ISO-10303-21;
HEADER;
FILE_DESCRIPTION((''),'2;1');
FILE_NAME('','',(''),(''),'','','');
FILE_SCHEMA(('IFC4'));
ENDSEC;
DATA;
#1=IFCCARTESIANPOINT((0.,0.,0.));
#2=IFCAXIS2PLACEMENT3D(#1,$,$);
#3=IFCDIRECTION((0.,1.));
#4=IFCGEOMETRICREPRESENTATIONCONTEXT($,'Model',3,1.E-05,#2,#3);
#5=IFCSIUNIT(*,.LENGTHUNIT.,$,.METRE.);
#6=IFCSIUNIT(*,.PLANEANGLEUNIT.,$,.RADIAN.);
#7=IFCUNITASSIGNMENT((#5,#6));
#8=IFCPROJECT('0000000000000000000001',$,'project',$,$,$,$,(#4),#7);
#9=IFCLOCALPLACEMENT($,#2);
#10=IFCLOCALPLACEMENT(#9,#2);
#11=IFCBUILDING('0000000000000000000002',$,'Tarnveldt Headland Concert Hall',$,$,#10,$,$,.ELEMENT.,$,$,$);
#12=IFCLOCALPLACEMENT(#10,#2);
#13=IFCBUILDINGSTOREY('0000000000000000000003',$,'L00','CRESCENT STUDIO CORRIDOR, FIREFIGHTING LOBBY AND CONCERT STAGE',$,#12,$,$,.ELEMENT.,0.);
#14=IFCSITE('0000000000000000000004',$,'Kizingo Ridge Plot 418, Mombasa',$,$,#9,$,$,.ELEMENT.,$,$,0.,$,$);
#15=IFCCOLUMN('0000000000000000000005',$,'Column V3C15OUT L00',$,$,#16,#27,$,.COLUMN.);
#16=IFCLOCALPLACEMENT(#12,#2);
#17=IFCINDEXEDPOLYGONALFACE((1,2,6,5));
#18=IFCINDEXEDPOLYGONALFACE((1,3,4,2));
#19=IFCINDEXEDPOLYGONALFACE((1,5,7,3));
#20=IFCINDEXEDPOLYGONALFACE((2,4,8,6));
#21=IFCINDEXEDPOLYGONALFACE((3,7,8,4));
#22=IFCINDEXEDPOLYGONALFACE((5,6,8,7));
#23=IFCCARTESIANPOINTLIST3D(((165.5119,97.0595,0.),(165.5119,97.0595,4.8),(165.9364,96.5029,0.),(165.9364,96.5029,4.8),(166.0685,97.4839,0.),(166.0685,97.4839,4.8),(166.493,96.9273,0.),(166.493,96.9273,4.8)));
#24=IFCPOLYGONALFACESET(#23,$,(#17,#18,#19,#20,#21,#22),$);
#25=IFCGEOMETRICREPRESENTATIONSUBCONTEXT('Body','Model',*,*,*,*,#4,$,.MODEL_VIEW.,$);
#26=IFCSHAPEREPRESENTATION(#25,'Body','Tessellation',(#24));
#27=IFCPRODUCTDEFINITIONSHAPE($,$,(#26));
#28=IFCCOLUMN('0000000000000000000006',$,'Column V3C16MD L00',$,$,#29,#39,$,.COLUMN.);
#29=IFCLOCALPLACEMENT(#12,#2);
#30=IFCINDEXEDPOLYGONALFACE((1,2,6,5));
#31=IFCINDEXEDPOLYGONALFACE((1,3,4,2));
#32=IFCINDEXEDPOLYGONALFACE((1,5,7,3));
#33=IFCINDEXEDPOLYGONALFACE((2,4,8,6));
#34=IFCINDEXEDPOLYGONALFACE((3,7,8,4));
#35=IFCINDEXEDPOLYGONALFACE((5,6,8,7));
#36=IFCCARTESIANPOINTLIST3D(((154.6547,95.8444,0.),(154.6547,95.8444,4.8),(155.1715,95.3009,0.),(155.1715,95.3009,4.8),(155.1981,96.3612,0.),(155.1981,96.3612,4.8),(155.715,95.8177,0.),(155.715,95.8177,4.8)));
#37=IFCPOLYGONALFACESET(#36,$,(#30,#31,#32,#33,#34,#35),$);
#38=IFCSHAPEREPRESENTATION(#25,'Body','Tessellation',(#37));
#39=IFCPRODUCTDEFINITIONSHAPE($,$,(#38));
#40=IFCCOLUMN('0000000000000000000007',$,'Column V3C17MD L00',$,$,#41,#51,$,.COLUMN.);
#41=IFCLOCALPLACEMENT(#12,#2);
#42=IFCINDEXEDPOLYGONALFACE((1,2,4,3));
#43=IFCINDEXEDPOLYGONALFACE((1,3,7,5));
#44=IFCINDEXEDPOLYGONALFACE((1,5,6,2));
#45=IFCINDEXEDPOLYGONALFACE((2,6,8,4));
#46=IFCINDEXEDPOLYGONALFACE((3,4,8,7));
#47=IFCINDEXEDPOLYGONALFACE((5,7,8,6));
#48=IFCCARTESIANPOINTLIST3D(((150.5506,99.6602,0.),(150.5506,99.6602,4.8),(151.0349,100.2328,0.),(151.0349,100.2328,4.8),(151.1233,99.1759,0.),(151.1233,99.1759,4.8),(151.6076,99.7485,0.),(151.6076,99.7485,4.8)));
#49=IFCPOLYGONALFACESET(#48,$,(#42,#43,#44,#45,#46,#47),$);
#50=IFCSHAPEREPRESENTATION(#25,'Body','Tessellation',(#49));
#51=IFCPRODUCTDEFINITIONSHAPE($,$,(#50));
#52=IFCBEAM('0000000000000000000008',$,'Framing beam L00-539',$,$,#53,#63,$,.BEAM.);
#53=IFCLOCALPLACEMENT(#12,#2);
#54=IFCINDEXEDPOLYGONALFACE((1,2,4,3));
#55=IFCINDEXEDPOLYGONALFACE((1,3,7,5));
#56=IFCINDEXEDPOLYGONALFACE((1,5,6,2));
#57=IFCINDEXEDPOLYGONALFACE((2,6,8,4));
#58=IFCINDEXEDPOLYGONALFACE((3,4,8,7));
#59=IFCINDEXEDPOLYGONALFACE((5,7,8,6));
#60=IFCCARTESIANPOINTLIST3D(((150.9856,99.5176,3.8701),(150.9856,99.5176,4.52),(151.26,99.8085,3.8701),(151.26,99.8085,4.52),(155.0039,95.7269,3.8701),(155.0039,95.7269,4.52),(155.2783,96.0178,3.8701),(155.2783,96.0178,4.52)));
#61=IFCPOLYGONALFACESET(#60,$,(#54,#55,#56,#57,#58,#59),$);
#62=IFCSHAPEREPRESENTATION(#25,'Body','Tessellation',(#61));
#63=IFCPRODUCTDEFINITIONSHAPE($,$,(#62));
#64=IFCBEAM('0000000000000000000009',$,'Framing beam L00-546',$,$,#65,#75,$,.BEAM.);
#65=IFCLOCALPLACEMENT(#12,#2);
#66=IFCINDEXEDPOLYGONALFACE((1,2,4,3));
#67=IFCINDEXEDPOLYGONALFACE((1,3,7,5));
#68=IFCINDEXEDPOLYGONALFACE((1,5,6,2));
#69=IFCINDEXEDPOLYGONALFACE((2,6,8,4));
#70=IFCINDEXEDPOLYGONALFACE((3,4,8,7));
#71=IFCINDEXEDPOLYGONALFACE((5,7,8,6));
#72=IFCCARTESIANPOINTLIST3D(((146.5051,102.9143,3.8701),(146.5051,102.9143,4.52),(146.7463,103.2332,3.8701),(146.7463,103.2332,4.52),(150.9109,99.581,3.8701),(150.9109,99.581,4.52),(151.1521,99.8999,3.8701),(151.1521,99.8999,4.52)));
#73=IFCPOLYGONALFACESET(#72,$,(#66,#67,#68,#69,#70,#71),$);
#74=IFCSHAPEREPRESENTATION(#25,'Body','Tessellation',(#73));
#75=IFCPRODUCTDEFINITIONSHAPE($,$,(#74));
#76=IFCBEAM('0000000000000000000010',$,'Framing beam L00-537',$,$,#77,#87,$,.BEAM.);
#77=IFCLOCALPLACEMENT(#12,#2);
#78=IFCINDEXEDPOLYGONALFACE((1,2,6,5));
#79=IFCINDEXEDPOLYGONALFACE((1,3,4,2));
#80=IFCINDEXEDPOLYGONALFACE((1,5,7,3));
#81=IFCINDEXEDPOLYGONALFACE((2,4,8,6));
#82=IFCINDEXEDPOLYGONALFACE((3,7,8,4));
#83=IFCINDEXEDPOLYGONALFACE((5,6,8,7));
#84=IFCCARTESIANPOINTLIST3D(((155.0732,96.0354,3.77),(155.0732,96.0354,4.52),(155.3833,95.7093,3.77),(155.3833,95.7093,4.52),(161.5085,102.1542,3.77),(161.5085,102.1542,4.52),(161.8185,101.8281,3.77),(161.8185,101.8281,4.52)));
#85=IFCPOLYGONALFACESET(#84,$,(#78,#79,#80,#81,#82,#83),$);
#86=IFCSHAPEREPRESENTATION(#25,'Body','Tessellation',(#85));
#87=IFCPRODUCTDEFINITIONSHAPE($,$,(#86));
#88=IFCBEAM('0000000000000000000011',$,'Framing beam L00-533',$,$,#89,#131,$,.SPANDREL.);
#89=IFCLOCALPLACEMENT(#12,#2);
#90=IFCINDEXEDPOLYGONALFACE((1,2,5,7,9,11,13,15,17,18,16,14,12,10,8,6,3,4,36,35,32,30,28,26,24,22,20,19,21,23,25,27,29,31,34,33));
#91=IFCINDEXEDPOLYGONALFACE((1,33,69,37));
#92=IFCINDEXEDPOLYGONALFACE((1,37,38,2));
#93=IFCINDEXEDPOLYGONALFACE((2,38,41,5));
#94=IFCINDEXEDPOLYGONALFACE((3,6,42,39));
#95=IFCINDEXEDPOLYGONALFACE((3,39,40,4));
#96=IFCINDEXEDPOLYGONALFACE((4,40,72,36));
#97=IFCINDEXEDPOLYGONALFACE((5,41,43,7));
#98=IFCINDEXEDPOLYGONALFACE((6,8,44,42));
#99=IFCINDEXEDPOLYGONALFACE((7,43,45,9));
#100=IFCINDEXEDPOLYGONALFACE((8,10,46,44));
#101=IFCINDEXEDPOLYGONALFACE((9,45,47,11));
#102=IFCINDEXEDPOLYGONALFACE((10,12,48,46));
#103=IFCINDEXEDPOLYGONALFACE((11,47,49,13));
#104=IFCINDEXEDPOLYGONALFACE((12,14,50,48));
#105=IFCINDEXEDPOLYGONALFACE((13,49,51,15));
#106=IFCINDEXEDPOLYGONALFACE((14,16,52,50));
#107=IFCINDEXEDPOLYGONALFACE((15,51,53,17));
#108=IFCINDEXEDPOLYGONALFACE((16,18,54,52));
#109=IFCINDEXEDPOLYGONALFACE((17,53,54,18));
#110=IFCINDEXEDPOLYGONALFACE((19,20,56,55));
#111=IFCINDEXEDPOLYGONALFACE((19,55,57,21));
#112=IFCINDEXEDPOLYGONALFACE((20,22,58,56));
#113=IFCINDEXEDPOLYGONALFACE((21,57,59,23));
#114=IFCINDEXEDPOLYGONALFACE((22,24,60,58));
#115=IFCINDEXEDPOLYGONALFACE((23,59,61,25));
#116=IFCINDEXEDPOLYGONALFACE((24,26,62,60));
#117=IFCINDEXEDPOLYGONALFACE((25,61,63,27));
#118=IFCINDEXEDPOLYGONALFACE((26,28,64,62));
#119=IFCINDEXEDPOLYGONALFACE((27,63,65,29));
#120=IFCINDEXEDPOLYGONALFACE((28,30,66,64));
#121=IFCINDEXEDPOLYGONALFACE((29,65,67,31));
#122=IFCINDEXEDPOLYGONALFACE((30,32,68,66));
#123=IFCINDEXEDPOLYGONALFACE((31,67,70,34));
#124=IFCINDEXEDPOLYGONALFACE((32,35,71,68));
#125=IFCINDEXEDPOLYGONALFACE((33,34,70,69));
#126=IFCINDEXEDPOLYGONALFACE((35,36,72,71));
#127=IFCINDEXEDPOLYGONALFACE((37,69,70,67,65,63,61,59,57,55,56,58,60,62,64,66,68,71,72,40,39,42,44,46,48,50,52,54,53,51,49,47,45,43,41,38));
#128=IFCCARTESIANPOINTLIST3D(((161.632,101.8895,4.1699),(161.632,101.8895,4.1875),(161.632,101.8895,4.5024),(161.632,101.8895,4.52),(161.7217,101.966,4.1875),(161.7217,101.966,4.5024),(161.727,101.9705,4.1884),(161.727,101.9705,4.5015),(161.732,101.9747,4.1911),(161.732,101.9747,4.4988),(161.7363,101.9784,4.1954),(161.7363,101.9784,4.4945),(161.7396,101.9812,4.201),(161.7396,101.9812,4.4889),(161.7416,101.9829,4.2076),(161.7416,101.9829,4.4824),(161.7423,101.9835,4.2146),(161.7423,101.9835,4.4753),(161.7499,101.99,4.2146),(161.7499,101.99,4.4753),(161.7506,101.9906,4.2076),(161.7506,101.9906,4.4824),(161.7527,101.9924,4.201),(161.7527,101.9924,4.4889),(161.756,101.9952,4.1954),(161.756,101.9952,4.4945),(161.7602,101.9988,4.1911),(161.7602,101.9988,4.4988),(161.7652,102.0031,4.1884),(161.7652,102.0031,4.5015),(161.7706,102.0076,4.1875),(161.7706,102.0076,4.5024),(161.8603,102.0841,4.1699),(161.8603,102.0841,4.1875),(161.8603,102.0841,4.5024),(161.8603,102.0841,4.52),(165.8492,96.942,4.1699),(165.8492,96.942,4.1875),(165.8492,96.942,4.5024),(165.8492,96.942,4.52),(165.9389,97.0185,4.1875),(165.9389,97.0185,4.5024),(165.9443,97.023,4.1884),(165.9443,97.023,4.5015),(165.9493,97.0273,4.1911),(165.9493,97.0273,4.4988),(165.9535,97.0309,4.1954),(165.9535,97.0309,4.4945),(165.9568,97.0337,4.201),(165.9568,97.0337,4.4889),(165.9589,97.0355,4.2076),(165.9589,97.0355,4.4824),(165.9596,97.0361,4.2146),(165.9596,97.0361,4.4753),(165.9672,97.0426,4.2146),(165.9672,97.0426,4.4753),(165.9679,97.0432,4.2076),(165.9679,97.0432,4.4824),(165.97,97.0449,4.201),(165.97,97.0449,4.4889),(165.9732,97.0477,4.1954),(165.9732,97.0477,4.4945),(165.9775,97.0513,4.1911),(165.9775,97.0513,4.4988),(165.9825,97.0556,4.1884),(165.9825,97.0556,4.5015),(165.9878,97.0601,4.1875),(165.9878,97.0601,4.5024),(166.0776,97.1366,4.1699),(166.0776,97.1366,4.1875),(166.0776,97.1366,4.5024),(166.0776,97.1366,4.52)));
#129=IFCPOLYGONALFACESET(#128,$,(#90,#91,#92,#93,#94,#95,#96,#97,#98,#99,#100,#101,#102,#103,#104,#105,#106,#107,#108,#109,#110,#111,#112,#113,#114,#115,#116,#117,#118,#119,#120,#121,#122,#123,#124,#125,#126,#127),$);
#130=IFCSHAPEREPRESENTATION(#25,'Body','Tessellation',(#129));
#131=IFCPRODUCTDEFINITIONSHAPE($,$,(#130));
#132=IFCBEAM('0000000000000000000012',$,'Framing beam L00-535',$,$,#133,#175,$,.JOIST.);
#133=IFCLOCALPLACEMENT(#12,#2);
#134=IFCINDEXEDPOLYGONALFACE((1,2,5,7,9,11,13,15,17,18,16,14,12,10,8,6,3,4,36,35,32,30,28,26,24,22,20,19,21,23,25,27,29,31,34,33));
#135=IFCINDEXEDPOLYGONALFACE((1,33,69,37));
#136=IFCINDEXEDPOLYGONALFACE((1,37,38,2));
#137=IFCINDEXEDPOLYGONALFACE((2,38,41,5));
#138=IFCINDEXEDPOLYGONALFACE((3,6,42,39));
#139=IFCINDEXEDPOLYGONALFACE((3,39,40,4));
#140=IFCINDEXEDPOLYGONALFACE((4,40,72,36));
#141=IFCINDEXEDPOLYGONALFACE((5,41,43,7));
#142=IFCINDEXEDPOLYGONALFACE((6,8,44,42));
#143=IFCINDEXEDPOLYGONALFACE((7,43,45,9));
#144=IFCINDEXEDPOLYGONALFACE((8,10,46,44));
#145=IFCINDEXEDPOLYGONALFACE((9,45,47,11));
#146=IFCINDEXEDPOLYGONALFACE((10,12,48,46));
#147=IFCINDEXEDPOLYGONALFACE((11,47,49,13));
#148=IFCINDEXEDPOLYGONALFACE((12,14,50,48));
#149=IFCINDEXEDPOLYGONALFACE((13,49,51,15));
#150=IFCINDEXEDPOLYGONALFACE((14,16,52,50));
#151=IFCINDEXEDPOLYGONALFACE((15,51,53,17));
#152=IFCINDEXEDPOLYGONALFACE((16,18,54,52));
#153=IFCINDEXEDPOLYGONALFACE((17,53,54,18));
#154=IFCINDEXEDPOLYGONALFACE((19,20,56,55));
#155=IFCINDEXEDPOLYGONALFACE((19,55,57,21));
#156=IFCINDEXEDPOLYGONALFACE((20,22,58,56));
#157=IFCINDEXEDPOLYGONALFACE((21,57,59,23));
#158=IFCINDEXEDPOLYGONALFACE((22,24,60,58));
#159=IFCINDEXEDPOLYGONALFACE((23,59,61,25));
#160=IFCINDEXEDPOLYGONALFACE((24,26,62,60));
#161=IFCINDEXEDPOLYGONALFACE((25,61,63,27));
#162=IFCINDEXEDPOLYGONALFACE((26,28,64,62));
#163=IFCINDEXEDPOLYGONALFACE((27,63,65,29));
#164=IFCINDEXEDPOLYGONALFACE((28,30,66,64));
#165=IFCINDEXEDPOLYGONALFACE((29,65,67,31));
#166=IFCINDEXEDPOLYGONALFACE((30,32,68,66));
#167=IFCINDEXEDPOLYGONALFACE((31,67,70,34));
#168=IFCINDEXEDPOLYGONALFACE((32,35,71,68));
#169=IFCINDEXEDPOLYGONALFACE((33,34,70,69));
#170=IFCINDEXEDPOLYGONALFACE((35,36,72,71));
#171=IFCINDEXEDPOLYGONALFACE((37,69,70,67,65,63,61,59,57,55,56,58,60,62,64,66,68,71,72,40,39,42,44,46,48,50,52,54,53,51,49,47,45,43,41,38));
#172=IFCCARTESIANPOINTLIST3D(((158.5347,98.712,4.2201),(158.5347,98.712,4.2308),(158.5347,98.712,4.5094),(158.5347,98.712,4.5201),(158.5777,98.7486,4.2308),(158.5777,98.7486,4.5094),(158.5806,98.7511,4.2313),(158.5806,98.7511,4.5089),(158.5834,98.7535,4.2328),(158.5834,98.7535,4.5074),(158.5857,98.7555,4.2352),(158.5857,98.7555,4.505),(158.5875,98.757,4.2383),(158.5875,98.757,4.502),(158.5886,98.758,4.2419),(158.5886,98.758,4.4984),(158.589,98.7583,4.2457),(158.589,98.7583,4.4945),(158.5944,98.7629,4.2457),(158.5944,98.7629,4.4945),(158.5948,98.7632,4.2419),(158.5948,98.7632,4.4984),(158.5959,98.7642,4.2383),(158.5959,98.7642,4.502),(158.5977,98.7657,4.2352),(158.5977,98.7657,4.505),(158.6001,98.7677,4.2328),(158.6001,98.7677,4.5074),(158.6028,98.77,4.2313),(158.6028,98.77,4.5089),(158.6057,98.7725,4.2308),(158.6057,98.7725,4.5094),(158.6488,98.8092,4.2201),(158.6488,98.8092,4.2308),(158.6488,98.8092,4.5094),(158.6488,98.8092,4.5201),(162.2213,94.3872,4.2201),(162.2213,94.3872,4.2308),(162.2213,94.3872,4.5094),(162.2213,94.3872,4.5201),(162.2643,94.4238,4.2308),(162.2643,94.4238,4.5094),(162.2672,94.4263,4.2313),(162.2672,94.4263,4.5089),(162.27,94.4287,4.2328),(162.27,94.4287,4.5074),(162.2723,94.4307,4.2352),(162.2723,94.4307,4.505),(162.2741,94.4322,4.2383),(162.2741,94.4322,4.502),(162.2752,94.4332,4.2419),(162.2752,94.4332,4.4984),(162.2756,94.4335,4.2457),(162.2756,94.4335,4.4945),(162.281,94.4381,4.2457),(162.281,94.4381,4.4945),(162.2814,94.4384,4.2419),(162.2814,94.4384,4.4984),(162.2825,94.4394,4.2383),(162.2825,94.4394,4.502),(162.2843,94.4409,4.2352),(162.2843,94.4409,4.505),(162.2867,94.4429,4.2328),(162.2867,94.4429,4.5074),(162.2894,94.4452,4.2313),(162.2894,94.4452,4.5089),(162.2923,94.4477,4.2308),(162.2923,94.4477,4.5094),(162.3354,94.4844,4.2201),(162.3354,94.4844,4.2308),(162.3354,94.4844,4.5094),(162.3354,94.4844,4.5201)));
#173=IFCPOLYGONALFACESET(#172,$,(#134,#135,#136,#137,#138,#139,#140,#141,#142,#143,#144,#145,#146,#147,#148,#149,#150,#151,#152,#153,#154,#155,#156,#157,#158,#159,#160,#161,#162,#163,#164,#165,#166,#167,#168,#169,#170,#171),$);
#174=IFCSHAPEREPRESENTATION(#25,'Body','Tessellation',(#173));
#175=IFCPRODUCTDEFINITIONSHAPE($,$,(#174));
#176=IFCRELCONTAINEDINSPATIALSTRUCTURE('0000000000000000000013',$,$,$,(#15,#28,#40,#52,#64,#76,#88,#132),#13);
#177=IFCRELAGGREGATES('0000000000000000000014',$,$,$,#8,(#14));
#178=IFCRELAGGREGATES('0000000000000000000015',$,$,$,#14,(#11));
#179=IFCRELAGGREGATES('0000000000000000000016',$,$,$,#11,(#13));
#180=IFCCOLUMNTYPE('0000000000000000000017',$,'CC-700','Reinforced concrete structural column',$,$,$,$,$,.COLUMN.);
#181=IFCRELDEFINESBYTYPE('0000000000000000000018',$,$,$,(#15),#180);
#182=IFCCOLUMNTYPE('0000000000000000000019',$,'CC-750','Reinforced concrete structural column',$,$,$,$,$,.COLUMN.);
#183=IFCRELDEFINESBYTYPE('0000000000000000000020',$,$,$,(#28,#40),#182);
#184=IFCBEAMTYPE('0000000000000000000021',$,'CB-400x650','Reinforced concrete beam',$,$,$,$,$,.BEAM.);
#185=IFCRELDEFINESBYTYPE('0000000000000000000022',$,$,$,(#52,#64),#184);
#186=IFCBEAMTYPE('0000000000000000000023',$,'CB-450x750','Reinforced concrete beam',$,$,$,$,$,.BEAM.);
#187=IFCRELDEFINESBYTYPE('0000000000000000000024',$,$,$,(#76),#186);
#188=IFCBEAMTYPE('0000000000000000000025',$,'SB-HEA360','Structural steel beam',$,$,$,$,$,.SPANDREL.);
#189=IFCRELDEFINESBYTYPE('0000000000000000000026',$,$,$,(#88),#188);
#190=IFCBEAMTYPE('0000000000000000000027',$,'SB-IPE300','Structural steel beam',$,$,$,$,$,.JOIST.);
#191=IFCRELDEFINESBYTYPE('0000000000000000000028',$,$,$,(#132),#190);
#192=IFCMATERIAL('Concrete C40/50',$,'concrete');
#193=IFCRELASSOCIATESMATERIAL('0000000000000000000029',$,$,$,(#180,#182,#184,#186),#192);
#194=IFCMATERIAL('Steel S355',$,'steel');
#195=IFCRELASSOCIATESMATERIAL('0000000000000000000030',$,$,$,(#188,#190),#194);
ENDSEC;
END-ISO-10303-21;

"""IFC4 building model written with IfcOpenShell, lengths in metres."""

from ifc_helpers import new_model, si_unit, direction, frame, origin, origin_2d, place, context, subcontext, project, spatial, rectangle, i_section, extrude, material, material_profile, profile_set, type_object, element, save


model = new_model("IFC4")

# Units and contexts
model_context = context("Model", 3, precision=1e-05, world=origin(), true_north=direction((0.0, 1.0)))
body_context = subcontext(model_context, "Body", "Model", "MODEL_VIEW")
ifc_project = project(units=[si_unit("LENGTHUNIT", "METRE"), si_unit("PLANEANGLEUNIT", "RADIAN")], contexts=[model_context])

# Site, building, storey
site_placement = place(None, origin())
site = spatial("IfcSite", under=ifc_project, at=site_placement, Name="Kizingo Ridge Plot 418, Mombasa", CompositionType="ELEMENT", RefElevation=0.0)
building_placement = place(site_placement, origin())
building = spatial("IfcBuilding", under=site, at=building_placement, Name="Tarnveldt Headland Concert Hall", CompositionType="ELEMENT")
storey_placement = place(building_placement, origin())
storey = spatial("IfcBuildingStorey", under=building, at=storey_placement, Name="L00", Description="CRESCENT STUDIO CORRIDOR, FIREFIGHTING LOBBY AND CONCERT STAGE", CompositionType="ELEMENT", Elevation=0.0)

# Columns
ifc_material_1 = material(Name="Concrete C40/50", Category="concrete")
ifc_material_profile_1 = material_profile(ifc_material_1, rectangle(XDim=0.7, YDim=0.7, at=origin_2d()), Name="RC 700x700", Category="concrete")
ifc_profile_set_1 = profile_set([ifc_material_profile_1], Name="Concrete C40/50")
column_type_1 = type_object("IfcColumnType", Name="CC-700", Description="Reinforced concrete structural column", PredefinedType="COLUMN", material=ifc_profile_set_1)
column_placement = place(storey_placement, frame((166.0024, 96.9934, 0.0), z_axis=(0.0, 0.0, 1.0), x_axis=(0.795156, 0.606405, 0.0)))
element("IfcColumn", 1, at=column_placement, inside=storey, type_object=column_type_1, Name="Column V3C15OUT L00", PredefinedType="COLUMN", context=body_context, shape_type="SweptSolid", body=[
    extrude(rectangle(XDim=0.7, YDim=0.7, at=origin_2d()), origin(), (0.0, 0.0, 1.0), 4.8),
])
ifc_material_profile_2 = material_profile(ifc_material_1, rectangle(XDim=0.75, YDim=0.75, at=origin_2d()), Name="RC 750x750", Category="concrete")
ifc_profile_set_2 = profile_set([ifc_material_profile_2], Name="Concrete C40/50")
column_type_2 = type_object("IfcColumnType", Name="CC-750", Description="Reinforced concrete structural column", PredefinedType="COLUMN", material=ifc_profile_set_2)
for number, where, z_axis, x_axis, name in (
    (2, (155.1848, 95.8311, 0.0), (0.0, 0.0, 1.0), (0.724653, 0.689114, 0.0), "Column V3C16MD L00"),
    (3, (151.0791, 99.7043, 0.0), (0.0, 0.0, 1.0), (0.645724, 0.763571, 0.0), "Column V3C17MD L00"),
):
    element("IfcColumn", number, at=place(storey_placement, frame(where, z_axis=z_axis, x_axis=x_axis)), inside=storey, type_object=column_type_2, Name=name, PredefinedType="COLUMN", context=body_context, shape_type="SweptSolid", body=[
        extrude(rectangle(XDim=0.75, YDim=0.75, at=origin_2d()), origin(), (0.0, 0.0, 1.0), 4.8),
    ])

# Beams
ifc_material_profile_3 = material_profile(ifc_material_1, rectangle(XDim=0.3999, YDim=0.6499, at=origin_2d()), Name="RC 400x650", Category="concrete")
ifc_profile_set_3 = profile_set([ifc_material_profile_3], Name="Concrete C40/50")
beam_type_1 = type_object("IfcBeamType", Name="CB-400x650", Description="Reinforced concrete beam", PredefinedType="BEAM", material=ifc_profile_set_3)
beam_1_placement = place(storey_placement, frame((155.1411, 95.8723, 4.1951), z_axis=(-0.727402, 0.686212, 0.0), x_axis=(-0.686212, -0.727402, 0.0)))
element("IfcBeam", 4, at=beam_1_placement, inside=storey, type_object=beam_type_1, Name="Framing beam L00-539", PredefinedType="BEAM", context=body_context, shape_type="SweptSolid", body=[
    extrude(rectangle(XDim=0.3999, YDim=0.6499, at=origin_2d()), origin(), (0.0, 0.0, 1.0), 5.5242),
])
beam_2_placement = place(storey_placement, frame((151.0315, 99.7405, 4.1951), z_axis=(-0.797479, 0.603346, 0.0), x_axis=(-0.603346, -0.797479, 0.0)))
element("IfcBeam", 5, at=beam_2_placement, inside=storey, type_object=beam_type_1, Name="Framing beam L00-546", PredefinedType="BEAM", context=body_context, shape_type="SweptSolid", body=[
    extrude(rectangle(XDim=0.3999, YDim=0.6499, at=origin_2d()), origin(), (0.0, 0.0, 1.0), 5.5247),
])
ifc_material_profile_4 = material_profile(ifc_material_1, rectangle(XDim=0.45, YDim=0.75, at=origin_2d()), Name="RC 450x750", Category="concrete")
ifc_profile_set_4 = profile_set([ifc_material_profile_4], Name="Concrete C40/50")
beam_type_2 = type_object("IfcBeamType", Name="CB-450x750", Description="Reinforced concrete beam", PredefinedType="BEAM", material=ifc_profile_set_4)
beam_3_placement = place(storey_placement, frame((155.2283, 95.8723, 4.145), z_axis=(0.724698, 0.689067, 0.0), x_axis=(-0.689067, 0.724698, 0.0)))
element("IfcBeam", 6, at=beam_3_placement, inside=storey, type_object=beam_type_2, Name="Framing beam L00-537", PredefinedType="BEAM", context=body_context, shape_type="SweptSolid", body=[
    extrude(rectangle(XDim=0.45, YDim=0.75, at=origin_2d()), origin(), (0.0, 0.0, 1.0), 8.8799),
])
ifc_material_2 = material(Name="Steel S355", Category="steel")
ifc_material_profile_5 = material_profile(ifc_material_2, i_section(OverallWidth=0.3, OverallDepth=0.3501, WebThickness=0.01, FlangeThickness=0.0176, FilletRadius=0.0271, at=origin_2d()), Name="HEA360", Category="steel")
ifc_profile_set_5 = profile_set([ifc_material_profile_5], Name="Steel S355")
beam_type_3 = type_object("IfcBeamType", Name="SB-HEA360", Description="Structural steel beam", PredefinedType="SPANDREL", material=ifc_profile_set_5)
beam_4_placement = place(storey_placement, frame((165.9634, 97.0393, 4.345), z_axis=(-0.648711, 0.761035, 0.0), x_axis=(-0.761035, -0.648711, 0.0)))
element("IfcBeam", 7, at=beam_4_placement, inside=storey, type_object=beam_type_3, Name="Framing beam L00-533", PredefinedType="SPANDREL", context=body_context, shape_type="SweptSolid", body=[
    extrude(i_section(OverallWidth=0.3, OverallDepth=0.3501, WebThickness=0.01, FlangeThickness=0.0176, FilletRadius=0.0271, at=origin_2d()), origin(), (0.0, 0.0, 1.0), 6.501),
])
ifc_material_profile_6 = material_profile(ifc_material_2, i_section(OverallWidth=0.1499, OverallDepth=0.3, WebThickness=0.0071, FlangeThickness=0.0107, FilletRadius=0.0149, at=origin_2d()), Name="IPE300", Category="steel")
ifc_profile_set_6 = profile_set([ifc_material_profile_6], Name="Steel S355")
beam_type_4 = type_object("IfcBeamType", Name="SB-IPE300", Description="Structural steel beam", PredefinedType="JOIST", material=ifc_profile_set_6)
beam_5_placement = place(storey_placement, frame((162.2783, 94.4358, 4.3701), z_axis=(-0.648723, 0.761025, 0.0), x_axis=(-0.761025, -0.648723, 0.0)))
element("IfcBeam", 8, at=beam_5_placement, inside=storey, type_object=beam_type_4, Name="Framing beam L00-535", PredefinedType="JOIST", context=body_context, shape_type="SweptSolid", body=[
    extrude(i_section(OverallWidth=0.1499, OverallDepth=0.3, WebThickness=0.0071, FlangeThickness=0.0107, FilletRadius=0.0149, at=origin_2d()), origin(), (0.0, 0.0, 1.0), 5.6829),
])

save(model, "model.ifc")
